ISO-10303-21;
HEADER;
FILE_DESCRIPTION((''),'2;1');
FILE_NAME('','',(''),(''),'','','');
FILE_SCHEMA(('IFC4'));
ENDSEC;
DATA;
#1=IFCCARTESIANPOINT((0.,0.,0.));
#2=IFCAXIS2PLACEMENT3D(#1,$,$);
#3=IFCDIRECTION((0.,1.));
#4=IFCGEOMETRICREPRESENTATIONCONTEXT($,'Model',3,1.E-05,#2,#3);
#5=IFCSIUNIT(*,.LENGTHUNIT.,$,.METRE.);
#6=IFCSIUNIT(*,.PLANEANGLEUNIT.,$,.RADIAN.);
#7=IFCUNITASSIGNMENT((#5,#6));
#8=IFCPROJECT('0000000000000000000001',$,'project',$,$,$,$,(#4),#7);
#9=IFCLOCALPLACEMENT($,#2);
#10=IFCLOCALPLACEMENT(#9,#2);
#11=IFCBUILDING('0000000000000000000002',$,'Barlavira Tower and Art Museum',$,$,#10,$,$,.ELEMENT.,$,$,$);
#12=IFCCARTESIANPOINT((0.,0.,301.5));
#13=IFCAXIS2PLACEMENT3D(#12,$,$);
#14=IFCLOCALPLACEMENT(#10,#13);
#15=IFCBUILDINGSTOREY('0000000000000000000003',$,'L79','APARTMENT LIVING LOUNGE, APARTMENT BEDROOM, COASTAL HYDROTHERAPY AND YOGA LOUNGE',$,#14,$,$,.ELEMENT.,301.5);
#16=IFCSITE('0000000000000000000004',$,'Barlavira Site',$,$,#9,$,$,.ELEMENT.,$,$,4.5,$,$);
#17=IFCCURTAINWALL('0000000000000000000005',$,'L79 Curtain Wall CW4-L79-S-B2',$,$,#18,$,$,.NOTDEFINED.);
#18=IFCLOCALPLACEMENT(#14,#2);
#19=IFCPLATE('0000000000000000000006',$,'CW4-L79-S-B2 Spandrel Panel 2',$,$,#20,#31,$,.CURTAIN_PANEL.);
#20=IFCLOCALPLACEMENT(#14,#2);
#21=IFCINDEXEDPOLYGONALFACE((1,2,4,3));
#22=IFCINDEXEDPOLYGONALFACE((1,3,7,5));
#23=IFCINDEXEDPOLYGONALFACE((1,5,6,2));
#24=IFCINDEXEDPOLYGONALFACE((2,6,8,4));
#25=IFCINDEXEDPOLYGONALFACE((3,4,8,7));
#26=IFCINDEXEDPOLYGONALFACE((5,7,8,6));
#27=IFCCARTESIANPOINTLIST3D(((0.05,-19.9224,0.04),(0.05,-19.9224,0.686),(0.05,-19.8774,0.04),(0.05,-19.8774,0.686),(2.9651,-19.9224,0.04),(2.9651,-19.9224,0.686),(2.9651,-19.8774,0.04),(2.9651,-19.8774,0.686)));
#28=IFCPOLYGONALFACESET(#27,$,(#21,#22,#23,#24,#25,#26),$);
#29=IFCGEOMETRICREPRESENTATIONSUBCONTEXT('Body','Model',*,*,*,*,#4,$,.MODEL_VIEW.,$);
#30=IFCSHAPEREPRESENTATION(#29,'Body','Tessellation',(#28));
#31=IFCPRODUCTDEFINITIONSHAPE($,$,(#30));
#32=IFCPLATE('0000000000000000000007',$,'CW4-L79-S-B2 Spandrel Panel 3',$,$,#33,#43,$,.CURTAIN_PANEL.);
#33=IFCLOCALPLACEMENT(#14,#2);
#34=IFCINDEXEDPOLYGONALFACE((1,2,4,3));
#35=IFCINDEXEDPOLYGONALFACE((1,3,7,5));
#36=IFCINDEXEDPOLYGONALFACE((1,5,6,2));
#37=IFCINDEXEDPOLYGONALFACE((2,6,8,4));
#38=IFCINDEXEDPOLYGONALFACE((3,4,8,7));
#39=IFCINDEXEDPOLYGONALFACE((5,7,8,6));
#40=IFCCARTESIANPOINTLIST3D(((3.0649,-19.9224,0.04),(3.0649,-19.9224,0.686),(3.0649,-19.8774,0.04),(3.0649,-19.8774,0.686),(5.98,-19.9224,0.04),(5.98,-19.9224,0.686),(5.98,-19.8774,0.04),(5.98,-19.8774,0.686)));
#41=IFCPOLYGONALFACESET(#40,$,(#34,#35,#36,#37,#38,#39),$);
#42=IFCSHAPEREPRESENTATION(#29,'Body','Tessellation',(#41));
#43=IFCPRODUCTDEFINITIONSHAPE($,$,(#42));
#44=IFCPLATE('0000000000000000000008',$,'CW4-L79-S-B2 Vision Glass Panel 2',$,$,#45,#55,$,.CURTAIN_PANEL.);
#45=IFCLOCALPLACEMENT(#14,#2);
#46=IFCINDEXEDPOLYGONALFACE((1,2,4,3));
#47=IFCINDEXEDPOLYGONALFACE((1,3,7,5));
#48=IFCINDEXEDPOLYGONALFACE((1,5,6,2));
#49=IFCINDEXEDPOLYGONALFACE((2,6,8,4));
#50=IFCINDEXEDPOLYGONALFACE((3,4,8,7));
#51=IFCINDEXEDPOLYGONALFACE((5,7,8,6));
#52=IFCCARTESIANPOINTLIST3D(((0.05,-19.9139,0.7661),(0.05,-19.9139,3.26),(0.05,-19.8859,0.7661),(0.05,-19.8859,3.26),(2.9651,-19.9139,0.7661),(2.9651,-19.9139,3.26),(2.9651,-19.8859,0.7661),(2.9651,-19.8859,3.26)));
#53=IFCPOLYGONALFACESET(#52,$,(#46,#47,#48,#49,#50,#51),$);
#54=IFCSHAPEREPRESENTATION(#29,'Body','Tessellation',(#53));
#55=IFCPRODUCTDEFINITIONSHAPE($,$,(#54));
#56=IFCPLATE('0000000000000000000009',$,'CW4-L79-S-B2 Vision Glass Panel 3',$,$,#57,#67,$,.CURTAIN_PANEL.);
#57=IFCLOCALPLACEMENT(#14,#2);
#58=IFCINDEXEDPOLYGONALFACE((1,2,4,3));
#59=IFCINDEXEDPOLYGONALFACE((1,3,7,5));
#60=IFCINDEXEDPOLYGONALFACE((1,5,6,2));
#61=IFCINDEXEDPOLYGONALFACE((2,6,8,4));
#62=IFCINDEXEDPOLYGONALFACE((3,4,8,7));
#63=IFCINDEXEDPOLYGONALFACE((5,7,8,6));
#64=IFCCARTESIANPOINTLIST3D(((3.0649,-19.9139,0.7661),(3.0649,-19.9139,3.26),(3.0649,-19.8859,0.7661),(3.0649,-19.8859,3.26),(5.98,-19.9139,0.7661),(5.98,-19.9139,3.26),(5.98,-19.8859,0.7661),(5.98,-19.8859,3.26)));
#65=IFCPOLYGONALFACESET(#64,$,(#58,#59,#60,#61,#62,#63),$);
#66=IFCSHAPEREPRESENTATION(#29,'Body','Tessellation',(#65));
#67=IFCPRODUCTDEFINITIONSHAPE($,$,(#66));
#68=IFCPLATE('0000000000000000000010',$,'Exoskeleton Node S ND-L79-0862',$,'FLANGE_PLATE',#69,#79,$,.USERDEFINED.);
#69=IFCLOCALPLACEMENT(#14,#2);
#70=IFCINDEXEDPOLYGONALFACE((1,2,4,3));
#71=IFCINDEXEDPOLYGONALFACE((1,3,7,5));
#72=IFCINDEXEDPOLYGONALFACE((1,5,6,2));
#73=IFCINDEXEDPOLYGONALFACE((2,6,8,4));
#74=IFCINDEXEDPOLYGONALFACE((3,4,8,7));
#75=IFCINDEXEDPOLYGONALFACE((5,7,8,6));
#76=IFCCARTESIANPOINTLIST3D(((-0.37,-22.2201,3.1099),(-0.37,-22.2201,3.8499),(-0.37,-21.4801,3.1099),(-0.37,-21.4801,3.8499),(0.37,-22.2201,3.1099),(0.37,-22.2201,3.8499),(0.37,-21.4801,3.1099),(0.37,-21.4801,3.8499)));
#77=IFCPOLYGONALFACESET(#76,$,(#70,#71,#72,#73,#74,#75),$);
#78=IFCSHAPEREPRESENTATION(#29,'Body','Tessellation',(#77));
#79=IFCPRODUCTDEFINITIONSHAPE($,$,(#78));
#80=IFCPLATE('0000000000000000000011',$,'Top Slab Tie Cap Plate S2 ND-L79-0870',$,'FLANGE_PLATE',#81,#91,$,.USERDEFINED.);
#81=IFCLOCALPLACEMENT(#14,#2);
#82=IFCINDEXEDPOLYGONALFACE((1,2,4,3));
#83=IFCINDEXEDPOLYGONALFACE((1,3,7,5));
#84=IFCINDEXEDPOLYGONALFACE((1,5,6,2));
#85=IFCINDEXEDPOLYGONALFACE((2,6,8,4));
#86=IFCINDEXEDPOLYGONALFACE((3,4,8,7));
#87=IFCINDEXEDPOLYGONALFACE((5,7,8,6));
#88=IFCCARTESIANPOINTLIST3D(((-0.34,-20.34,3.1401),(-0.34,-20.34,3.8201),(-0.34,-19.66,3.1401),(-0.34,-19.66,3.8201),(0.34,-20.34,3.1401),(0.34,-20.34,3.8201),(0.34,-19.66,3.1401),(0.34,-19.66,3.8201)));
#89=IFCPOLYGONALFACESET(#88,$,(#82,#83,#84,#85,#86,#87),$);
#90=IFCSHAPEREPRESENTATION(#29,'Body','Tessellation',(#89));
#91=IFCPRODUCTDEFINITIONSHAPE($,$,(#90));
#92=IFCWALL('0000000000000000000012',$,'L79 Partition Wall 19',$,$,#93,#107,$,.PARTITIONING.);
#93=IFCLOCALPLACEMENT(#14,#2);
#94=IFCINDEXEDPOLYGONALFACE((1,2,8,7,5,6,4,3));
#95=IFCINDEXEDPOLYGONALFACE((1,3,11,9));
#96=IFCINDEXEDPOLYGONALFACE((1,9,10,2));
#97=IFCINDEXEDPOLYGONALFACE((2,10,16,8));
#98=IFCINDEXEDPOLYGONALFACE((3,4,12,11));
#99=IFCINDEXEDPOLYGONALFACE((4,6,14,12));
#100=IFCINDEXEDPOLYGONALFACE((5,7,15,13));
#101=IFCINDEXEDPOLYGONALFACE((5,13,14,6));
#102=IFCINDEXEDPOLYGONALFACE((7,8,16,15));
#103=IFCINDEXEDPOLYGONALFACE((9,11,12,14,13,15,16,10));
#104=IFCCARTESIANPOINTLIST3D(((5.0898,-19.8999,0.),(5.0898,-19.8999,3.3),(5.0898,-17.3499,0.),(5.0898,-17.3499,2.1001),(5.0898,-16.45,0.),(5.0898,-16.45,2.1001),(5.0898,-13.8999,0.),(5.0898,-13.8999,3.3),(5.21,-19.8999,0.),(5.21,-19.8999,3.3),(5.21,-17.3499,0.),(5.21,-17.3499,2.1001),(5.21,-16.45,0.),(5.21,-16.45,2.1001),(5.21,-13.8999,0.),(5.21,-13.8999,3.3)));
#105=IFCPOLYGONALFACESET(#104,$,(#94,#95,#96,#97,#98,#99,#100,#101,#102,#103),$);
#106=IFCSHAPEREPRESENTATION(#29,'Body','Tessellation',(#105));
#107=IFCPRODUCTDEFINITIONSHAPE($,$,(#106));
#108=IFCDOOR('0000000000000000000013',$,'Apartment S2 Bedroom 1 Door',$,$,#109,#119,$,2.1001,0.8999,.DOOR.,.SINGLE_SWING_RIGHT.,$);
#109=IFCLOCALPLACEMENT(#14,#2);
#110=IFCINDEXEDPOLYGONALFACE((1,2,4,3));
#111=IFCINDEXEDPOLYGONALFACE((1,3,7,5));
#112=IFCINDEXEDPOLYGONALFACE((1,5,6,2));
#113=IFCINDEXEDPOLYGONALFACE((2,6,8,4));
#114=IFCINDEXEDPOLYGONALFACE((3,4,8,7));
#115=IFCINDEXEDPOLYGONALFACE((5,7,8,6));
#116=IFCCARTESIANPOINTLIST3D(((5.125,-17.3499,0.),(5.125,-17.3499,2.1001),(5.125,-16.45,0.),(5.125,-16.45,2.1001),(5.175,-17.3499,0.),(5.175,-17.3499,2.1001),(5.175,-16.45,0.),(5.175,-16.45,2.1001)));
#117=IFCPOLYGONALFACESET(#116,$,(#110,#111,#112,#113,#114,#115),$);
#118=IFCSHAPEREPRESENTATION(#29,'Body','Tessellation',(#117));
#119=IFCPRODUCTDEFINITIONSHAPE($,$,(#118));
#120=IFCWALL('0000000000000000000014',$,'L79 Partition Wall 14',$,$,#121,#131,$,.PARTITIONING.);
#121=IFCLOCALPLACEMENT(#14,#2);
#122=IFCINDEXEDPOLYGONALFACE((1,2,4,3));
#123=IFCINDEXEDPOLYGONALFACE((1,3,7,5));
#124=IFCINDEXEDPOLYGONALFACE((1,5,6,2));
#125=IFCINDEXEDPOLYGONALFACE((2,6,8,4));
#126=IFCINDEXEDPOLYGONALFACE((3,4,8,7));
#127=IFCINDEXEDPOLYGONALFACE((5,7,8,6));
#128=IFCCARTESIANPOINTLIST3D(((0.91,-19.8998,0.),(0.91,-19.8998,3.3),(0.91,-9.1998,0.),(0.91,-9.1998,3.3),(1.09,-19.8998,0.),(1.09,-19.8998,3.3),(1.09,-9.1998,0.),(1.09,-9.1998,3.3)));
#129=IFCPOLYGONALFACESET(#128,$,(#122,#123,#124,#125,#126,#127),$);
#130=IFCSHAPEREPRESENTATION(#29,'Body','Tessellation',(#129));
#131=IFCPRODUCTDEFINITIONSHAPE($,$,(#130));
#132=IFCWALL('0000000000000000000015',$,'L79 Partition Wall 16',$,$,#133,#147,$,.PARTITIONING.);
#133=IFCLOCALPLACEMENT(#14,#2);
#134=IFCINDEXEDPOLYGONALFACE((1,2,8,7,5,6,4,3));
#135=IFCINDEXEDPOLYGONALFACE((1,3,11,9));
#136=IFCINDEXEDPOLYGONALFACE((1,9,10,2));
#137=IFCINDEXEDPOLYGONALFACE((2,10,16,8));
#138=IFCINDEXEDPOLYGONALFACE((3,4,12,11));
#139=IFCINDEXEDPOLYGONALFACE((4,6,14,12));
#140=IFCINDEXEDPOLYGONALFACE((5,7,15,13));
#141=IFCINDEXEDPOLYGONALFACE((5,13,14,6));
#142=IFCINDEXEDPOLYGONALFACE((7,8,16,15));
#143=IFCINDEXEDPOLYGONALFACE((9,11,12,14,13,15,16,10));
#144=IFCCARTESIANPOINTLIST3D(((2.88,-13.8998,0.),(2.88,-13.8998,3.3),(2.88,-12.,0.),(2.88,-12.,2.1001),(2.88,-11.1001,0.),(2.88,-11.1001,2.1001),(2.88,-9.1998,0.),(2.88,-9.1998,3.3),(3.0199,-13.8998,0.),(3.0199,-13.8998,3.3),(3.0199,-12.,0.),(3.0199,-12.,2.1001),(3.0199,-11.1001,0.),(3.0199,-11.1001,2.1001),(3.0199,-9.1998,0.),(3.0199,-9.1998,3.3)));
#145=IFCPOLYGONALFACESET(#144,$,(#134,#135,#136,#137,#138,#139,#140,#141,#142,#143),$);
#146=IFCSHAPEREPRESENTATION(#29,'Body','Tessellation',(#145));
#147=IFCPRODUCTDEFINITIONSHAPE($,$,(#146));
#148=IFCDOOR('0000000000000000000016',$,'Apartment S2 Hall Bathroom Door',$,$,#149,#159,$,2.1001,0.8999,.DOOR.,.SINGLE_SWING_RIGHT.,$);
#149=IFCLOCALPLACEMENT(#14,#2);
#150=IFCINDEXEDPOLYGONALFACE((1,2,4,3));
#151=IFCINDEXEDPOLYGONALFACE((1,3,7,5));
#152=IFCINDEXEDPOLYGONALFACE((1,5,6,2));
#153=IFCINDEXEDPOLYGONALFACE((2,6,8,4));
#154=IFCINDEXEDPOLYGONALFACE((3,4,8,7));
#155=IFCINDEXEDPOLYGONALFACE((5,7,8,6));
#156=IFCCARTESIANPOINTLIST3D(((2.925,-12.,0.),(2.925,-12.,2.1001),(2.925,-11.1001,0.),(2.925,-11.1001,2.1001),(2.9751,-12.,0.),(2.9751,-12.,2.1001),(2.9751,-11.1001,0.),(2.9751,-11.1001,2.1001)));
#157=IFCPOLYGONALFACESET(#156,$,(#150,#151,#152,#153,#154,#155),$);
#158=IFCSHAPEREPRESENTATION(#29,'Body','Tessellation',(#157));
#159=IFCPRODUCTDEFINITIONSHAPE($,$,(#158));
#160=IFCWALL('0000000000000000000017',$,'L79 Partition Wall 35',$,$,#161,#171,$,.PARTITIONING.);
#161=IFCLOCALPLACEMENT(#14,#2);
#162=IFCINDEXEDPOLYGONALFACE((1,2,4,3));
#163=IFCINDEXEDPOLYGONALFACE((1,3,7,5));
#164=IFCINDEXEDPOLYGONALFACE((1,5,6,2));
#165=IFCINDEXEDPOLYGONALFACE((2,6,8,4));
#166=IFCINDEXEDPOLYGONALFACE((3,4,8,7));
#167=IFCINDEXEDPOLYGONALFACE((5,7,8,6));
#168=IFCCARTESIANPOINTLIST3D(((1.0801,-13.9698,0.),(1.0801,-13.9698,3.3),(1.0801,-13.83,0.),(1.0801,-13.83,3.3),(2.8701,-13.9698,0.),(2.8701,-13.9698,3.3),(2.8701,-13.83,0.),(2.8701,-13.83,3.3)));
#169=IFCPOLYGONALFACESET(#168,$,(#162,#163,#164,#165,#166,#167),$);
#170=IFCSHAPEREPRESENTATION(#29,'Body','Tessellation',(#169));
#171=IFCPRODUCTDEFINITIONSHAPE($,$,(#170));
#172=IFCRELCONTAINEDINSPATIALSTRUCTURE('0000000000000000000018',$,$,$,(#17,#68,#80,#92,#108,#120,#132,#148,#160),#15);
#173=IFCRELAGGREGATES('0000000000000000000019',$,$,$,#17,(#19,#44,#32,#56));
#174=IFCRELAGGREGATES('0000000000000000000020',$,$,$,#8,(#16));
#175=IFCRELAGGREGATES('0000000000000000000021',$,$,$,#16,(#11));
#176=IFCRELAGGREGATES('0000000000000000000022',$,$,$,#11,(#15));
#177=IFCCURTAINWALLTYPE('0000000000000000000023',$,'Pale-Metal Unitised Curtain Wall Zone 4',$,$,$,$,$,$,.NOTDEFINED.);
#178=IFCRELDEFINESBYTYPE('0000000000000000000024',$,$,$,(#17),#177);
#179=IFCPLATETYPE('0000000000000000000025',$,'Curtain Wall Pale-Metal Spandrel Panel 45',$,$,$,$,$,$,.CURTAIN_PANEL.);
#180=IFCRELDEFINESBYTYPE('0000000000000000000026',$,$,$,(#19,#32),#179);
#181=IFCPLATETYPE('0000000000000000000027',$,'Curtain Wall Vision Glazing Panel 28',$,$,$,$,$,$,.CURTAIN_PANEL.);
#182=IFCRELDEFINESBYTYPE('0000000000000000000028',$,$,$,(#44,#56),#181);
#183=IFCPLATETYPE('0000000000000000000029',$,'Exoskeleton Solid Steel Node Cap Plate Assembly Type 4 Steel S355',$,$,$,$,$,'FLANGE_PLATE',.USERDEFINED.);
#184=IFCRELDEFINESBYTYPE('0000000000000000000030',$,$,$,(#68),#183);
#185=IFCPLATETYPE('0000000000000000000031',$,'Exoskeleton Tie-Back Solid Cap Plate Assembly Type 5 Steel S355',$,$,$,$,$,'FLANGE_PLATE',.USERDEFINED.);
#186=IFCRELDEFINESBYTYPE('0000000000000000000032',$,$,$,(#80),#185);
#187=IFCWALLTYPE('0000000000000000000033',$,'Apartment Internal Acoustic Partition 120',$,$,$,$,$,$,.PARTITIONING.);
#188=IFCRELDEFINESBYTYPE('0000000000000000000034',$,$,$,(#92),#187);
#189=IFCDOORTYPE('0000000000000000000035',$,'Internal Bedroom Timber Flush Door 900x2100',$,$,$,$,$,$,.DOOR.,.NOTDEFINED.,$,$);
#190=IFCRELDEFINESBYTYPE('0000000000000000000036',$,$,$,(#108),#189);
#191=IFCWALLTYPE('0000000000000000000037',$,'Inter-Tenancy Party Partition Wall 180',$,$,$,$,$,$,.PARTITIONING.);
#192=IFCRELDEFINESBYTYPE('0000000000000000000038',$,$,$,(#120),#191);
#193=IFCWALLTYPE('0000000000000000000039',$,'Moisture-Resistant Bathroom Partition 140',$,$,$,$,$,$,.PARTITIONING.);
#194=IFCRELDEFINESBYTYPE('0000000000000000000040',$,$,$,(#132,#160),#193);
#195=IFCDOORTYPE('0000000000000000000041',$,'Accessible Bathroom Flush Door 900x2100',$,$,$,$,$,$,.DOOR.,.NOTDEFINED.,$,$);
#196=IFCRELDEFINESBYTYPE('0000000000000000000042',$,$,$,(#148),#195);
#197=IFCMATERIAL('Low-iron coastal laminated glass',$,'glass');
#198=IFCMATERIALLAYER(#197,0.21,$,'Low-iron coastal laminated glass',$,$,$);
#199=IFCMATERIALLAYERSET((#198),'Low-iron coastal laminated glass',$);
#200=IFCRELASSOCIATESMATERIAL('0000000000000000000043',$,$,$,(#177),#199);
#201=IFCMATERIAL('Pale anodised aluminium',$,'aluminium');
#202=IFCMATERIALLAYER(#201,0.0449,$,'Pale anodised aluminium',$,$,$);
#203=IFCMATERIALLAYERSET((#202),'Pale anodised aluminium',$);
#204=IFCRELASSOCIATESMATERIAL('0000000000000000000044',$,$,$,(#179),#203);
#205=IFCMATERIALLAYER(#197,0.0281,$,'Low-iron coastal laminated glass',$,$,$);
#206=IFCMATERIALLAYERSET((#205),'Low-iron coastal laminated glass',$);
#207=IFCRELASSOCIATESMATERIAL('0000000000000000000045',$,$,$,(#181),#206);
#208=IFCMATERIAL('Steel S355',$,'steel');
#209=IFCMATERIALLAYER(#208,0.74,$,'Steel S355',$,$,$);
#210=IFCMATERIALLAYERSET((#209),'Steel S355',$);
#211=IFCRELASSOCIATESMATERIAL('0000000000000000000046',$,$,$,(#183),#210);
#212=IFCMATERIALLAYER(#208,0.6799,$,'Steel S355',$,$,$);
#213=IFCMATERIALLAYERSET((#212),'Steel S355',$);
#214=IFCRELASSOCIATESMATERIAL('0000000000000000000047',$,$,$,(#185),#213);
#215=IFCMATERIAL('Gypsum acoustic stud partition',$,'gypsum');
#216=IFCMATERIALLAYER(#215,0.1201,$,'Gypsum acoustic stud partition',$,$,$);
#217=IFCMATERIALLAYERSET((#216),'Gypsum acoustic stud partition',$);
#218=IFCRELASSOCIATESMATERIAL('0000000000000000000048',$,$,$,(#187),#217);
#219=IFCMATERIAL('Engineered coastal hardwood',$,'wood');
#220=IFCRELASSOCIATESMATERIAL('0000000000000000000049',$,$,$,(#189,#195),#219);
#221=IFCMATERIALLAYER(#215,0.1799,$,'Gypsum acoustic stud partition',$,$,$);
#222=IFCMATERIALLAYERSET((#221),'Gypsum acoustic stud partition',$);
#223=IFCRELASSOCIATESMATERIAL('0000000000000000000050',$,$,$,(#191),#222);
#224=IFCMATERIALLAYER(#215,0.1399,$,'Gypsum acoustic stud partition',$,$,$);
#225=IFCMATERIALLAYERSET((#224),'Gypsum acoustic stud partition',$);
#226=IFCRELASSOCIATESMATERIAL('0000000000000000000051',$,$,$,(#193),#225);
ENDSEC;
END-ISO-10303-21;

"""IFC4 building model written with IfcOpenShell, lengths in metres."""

from ifc_helpers import new_model, si_unit, direction, frame, frame_2d, origin, origin_2d, place, context, subcontext, project, spatial, rectangle, extrude, material, layer, layer_set, type_object, element, fill, aggregate, save


model = new_model("IFC4")

# Units and contexts
model_context = context("Model", 3, precision=1e-05, world=origin(), true_north=direction((0.0, 1.0)))
body_context = subcontext(model_context, "Body", "Model", "MODEL_VIEW")
ifc_project = project(units=[si_unit("LENGTHUNIT", "METRE"), si_unit("PLANEANGLEUNIT", "RADIAN")], contexts=[model_context])

# Site, building, storey
site_placement = place(None, origin())
site = spatial("IfcSite", under=ifc_project, at=site_placement, Name="Barlavira Site", CompositionType="ELEMENT", RefElevation=4.5)
building_placement = place(site_placement, origin())
building = spatial("IfcBuilding", under=site, at=building_placement, Name="Barlavira Tower and Art Museum", CompositionType="ELEMENT")
storey_placement = place(building_placement, frame((0.0, 0.0, 301.5)))
storey = spatial("IfcBuildingStorey", under=building, at=storey_placement, Name="L79", Description="APARTMENT LIVING LOUNGE, APARTMENT BEDROOM, COASTAL HYDROTHERAPY AND YOGA LOUNGE", CompositionType="ELEMENT", Elevation=301.5)

# Curtain wall
ifc_material_1 = material(Name="Low-iron coastal laminated glass", Category="glass")
ifc_layer_1 = layer(ifc_material_1, 0.21, Name="Low-iron coastal laminated glass")
ifc_layer_set_1 = layer_set([ifc_layer_1], Name="Low-iron coastal laminated glass")
curtain_wall_type = type_object("IfcCurtainWallType", Name="Pale-Metal Unitised Curtain Wall Zone 4", PredefinedType="NOTDEFINED", material=ifc_layer_set_1)
curtain_wall_placement = place(storey_placement, origin())
curtain_wall = element("IfcCurtainWall", 1, at=curtain_wall_placement, inside=storey, type_object=curtain_wall_type, Name="L79 Curtain Wall CW4-L79-S-B2", PredefinedType="NOTDEFINED")
ifc_material_2 = material(Name="Pale anodised aluminium", Category="aluminium")

# Shared definitions
ifc_material_3 = material(Name="Steel S355", Category="steel")

# Plates
ifc_layer_2 = layer(ifc_material_2, 0.0449, Name="Pale anodised aluminium")
ifc_layer_set_2 = layer_set([ifc_layer_2], Name="Pale anodised aluminium")
plate_type_1 = type_object("IfcPlateType", Name="Curtain Wall Pale-Metal Spandrel Panel 45", PredefinedType="CURTAIN_PANEL", material=ifc_layer_set_2)
plate_1_placement = place(storey_placement, frame((1.5076, -19.8999, 0.04), z_axis=(0.0, 0.0, 1.0), x_axis=(1.0, 0.0, 0.0)))
plate_1 = element("IfcPlate", 2, at=plate_1_placement, type_object=plate_type_1, Name="CW4-L79-S-B2 Spandrel Panel 2", PredefinedType="CURTAIN_PANEL", context=body_context, shape_type="SweptSolid", body=[
    extrude(rectangle(XDim=2.915, YDim=0.0449, at=origin_2d()), origin(), (0.0, 0.0, 1.0), 0.646),
])
plate_2_placement = place(storey_placement, frame((4.5225, -19.8999, 0.04), z_axis=(0.0, 0.0, 1.0), x_axis=(1.0, 0.0, 0.0)))
plate_2 = element("IfcPlate", 3, at=plate_2_placement, type_object=plate_type_1, Name="CW4-L79-S-B2 Spandrel Panel 3", PredefinedType="CURTAIN_PANEL", context=body_context, shape_type="SweptSolid", body=[
    extrude(rectangle(XDim=2.915, YDim=0.0449, at=origin_2d()), origin(), (0.0, 0.0, 1.0), 0.646),
])
ifc_layer_3 = layer(ifc_material_1, 0.0281, Name="Low-iron coastal laminated glass")
ifc_layer_set_3 = layer_set([ifc_layer_3], Name="Low-iron coastal laminated glass")
plate_type_2 = type_object("IfcPlateType", Name="Curtain Wall Vision Glazing Panel 28", PredefinedType="CURTAIN_PANEL", material=ifc_layer_set_3)
plate_3_placement = place(storey_placement, frame((1.5076, -19.8999, 0.7661), z_axis=(0.0, 0.0, 1.0), x_axis=(1.0, 0.0, 0.0)))
plate_3 = element("IfcPlate", 4, at=plate_3_placement, type_object=plate_type_2, Name="CW4-L79-S-B2 Vision Glass Panel 2", PredefinedType="CURTAIN_PANEL", context=body_context, shape_type="SweptSolid", body=[
    extrude(rectangle(XDim=2.915, YDim=0.0281, at=origin_2d()), origin(), (0.0, 0.0, 1.0), 2.4939),
])
plate_4_placement = place(storey_placement, frame((4.5225, -19.8999, 0.7661), z_axis=(0.0, 0.0, 1.0), x_axis=(1.0, 0.0, 0.0)))
plate_4 = element("IfcPlate", 5, at=plate_4_placement, type_object=plate_type_2, Name="CW4-L79-S-B2 Vision Glass Panel 3", PredefinedType="CURTAIN_PANEL", context=body_context, shape_type="SweptSolid", body=[
    extrude(rectangle(XDim=2.915, YDim=0.0281, at=origin_2d()), origin(), (0.0, 0.0, 1.0), 2.4939),
])
aggregate(curtain_wall, [plate_1, plate_3, plate_2, plate_4])

# Plates
ifc_layer_4 = layer(ifc_material_3, 0.74, Name="Steel S355")
ifc_layer_set_4 = layer_set([ifc_layer_4], Name="Steel S355")
plate_type_3 = type_object("IfcPlateType", Name="Exoskeleton Solid Steel Node Cap Plate Assembly Type 4 Steel S355", ElementType="FLANGE_PLATE", PredefinedType="USERDEFINED", material=ifc_layer_set_4)
plate_5_placement = place(storey_placement, frame((0.0, -21.8501, 3.1099), z_axis=(0.0, 0.0, 1.0), x_axis=(1.0, 0.0, 0.0)))
element("IfcPlate", 6, at=plate_5_placement, inside=storey, type_object=plate_type_3, Name="Exoskeleton Node S ND-L79-0862", ObjectType="FLANGE_PLATE", PredefinedType="USERDEFINED", context=body_context, shape_type="SweptSolid", body=[
    extrude(rectangle(XDim=0.74, YDim=0.74, at=origin_2d()), origin(), (0.0, 0.0, 1.0), 0.74),
])
ifc_layer_5 = layer(ifc_material_3, 0.6799, Name="Steel S355")
ifc_layer_set_5 = layer_set([ifc_layer_5], Name="Steel S355")
plate_type_4 = type_object("IfcPlateType", Name="Exoskeleton Tie-Back Solid Cap Plate Assembly Type 5 Steel S355", ElementType="FLANGE_PLATE", PredefinedType="USERDEFINED", material=ifc_layer_set_5)
plate_6_placement = place(storey_placement, frame((0.0, -20.0, 3.1401), z_axis=(0.0, 0.0, 1.0), x_axis=(1.0, 0.0, 0.0)))
element("IfcPlate", 7, at=plate_6_placement, inside=storey, type_object=plate_type_4, Name="Top Slab Tie Cap Plate S2 ND-L79-0870", ObjectType="FLANGE_PLATE", PredefinedType="USERDEFINED", context=body_context, shape_type="SweptSolid", body=[
    extrude(rectangle(XDim=0.6799, YDim=0.6799, at=origin_2d()), origin(), (0.0, 0.0, 1.0), 0.6799),
])

# Wall, opening, door
ifc_material_4 = material(Name="Gypsum acoustic stud partition", Category="gypsum")
ifc_layer_6 = layer(ifc_material_4, 0.1201, Name="Gypsum acoustic stud partition")
ifc_layer_set_6 = layer_set([ifc_layer_6], Name="Gypsum acoustic stud partition")
wall_type_1 = type_object("IfcWallType", Name="Apartment Internal Acoustic Partition 120", PredefinedType="PARTITIONING", material=ifc_layer_set_6)
wall_1_placement = place(storey_placement, frame((5.1499, -19.8999, 0.0), z_axis=(0.0, 0.0, 1.0), x_axis=(0.0, 1.0, 0.0)))
wall_1 = element("IfcWall", 8, at=wall_1_placement, inside=storey, type_object=wall_type_1, Name="L79 Partition Wall 19", PredefinedType="PARTITIONING", context=body_context, shape_type="SweptSolid", body=[
    extrude(rectangle(XDim=6.0, YDim=0.1201, at=frame_2d((3.0, 0.0))), origin(), (0.0, 0.0, 1.0), 3.3),
])
opening_1_placement = place(wall_1_placement, frame((2.55, 0.0, 0.0)))
opening_1 = element("IfcOpeningElement", 9, at=opening_1_placement, cuts=wall_1, PredefinedType="OPENING", context=body_context, shape_type="SweptSolid", body=[
    extrude(rectangle(XDim=0.8999, YDim=2.1001, at=frame_2d((0.45, 1.05))), frame((0.0, 0.0701, 0.0), z_axis=(0.0, -1.0, 0.0), x_axis=(1.0, 0.0, 0.0)), (0.0, 0.0, 1.0), 0.1401),
])
ifc_material_5 = material(Name="Engineered coastal hardwood", Category="wood")
door_type_1 = type_object("IfcDoorType", Name="Internal Bedroom Timber Flush Door 900x2100", OperationType="NOTDEFINED", PredefinedType="DOOR", material=ifc_material_5)
door_1_placement = place(opening_1_placement, origin())
door_1 = element("IfcDoor", 10, at=door_1_placement, inside=storey, type_object=door_type_1, Name="Apartment S2 Bedroom 1 Door", OperationType="SINGLE_SWING_RIGHT", OverallHeight=2.1001, OverallWidth=0.8999, PredefinedType="DOOR", context=body_context, shape_type="SweptSolid", body=[
    extrude(rectangle(XDim=0.8999, YDim=2.1001, at=frame_2d((0.45, 1.05))), frame((0.0, 0.0249, 0.0), z_axis=(0.0, -1.0, 0.0), x_axis=(1.0, 0.0, 0.0)), (0.0, 0.0, 1.0), 0.05),
])
fill(opening_1, door_1)

# Wall
ifc_layer_7 = layer(ifc_material_4, 0.1799, Name="Gypsum acoustic stud partition")
ifc_layer_set_7 = layer_set([ifc_layer_7], Name="Gypsum acoustic stud partition")
wall_type_2 = type_object("IfcWallType", Name="Inter-Tenancy Party Partition Wall 180", PredefinedType="PARTITIONING", material=ifc_layer_set_7)
wall_2_placement = place(storey_placement, frame((1.0, -19.8999, 0.0), z_axis=(0.0, 0.0, 1.0), x_axis=(0.0, 1.0, 0.0)))
element("IfcWall", 11, at=wall_2_placement, inside=storey, type_object=wall_type_2, Name="L79 Partition Wall 14", PredefinedType="PARTITIONING", context=body_context, shape_type="SweptSolid", body=[
    extrude(rectangle(XDim=10.7, YDim=0.1799, at=frame_2d((5.3501, 0.0))), origin(), (0.0, 0.0, 1.0), 3.3),
])

# Wall, opening, door
ifc_layer_8 = layer(ifc_material_4, 0.1399, Name="Gypsum acoustic stud partition")
ifc_layer_set_8 = layer_set([ifc_layer_8], Name="Gypsum acoustic stud partition")
wall_type_3 = type_object("IfcWallType", Name="Moisture-Resistant Bathroom Partition 140", PredefinedType="PARTITIONING", material=ifc_layer_set_8)
wall_3_placement = place(storey_placement, frame((2.95, -13.8999, 0.0), z_axis=(0.0, 0.0, 1.0), x_axis=(0.0, 1.0, 0.0)))
wall_3 = element("IfcWall", 12, at=wall_3_placement, inside=storey, type_object=wall_type_3, Name="L79 Partition Wall 16", PredefinedType="PARTITIONING", context=body_context, shape_type="SweptSolid", body=[
    extrude(rectangle(XDim=4.7, YDim=0.1399, at=frame_2d((2.3501, 0.0))), origin(), (0.0, 0.0, 1.0), 3.3),
])
opening_2_placement = place(wall_3_placement, frame((1.8999, 0.0, 0.0)))
opening_2 = element("IfcOpeningElement", 13, at=opening_2_placement, cuts=wall_3, PredefinedType="OPENING", context=body_context, shape_type="SweptSolid", body=[
    extrude(rectangle(XDim=0.8999, YDim=2.1001, at=frame_2d((0.45, 1.05))), frame((0.0, 0.0801, 0.0), z_axis=(0.0, -1.0, 0.0), x_axis=(1.0, 0.0, 0.0)), (0.0, 0.0, 1.0), 0.1599),
])
door_type_2 = type_object("IfcDoorType", Name="Accessible Bathroom Flush Door 900x2100", OperationType="NOTDEFINED", PredefinedType="DOOR", material=ifc_material_5)
door_2_placement = place(opening_2_placement, origin())
door_2 = element("IfcDoor", 14, at=door_2_placement, inside=storey, type_object=door_type_2, Name="Apartment S2 Hall Bathroom Door", OperationType="SINGLE_SWING_RIGHT", OverallHeight=2.1001, OverallWidth=0.8999, PredefinedType="DOOR", context=body_context, shape_type="SweptSolid", body=[
    extrude(rectangle(XDim=0.8999, YDim=2.1001, at=frame_2d((0.45, 1.05))), frame((0.0, 0.0249, 0.0), z_axis=(0.0, -1.0, 0.0), x_axis=(1.0, 0.0, 0.0)), (0.0, 0.0, 1.0), 0.05),
])
fill(opening_2, door_2)

# Wall
wall_4_placement = place(storey_placement, frame((1.0801, -13.8999, 0.0), z_axis=(0.0, 0.0, 1.0), x_axis=(1.0, 0.0, 0.0)))
element("IfcWall", 15, at=wall_4_placement, inside=storey, type_object=wall_type_3, Name="L79 Partition Wall 35", PredefinedType="PARTITIONING", context=body_context, shape_type="SweptSolid", body=[
    extrude(rectangle(XDim=1.79, YDim=0.1399, at=frame_2d((0.895, 0.0))), origin(), (0.0, 0.0, 1.0), 3.3),
])

save(model, "model.ifc")
